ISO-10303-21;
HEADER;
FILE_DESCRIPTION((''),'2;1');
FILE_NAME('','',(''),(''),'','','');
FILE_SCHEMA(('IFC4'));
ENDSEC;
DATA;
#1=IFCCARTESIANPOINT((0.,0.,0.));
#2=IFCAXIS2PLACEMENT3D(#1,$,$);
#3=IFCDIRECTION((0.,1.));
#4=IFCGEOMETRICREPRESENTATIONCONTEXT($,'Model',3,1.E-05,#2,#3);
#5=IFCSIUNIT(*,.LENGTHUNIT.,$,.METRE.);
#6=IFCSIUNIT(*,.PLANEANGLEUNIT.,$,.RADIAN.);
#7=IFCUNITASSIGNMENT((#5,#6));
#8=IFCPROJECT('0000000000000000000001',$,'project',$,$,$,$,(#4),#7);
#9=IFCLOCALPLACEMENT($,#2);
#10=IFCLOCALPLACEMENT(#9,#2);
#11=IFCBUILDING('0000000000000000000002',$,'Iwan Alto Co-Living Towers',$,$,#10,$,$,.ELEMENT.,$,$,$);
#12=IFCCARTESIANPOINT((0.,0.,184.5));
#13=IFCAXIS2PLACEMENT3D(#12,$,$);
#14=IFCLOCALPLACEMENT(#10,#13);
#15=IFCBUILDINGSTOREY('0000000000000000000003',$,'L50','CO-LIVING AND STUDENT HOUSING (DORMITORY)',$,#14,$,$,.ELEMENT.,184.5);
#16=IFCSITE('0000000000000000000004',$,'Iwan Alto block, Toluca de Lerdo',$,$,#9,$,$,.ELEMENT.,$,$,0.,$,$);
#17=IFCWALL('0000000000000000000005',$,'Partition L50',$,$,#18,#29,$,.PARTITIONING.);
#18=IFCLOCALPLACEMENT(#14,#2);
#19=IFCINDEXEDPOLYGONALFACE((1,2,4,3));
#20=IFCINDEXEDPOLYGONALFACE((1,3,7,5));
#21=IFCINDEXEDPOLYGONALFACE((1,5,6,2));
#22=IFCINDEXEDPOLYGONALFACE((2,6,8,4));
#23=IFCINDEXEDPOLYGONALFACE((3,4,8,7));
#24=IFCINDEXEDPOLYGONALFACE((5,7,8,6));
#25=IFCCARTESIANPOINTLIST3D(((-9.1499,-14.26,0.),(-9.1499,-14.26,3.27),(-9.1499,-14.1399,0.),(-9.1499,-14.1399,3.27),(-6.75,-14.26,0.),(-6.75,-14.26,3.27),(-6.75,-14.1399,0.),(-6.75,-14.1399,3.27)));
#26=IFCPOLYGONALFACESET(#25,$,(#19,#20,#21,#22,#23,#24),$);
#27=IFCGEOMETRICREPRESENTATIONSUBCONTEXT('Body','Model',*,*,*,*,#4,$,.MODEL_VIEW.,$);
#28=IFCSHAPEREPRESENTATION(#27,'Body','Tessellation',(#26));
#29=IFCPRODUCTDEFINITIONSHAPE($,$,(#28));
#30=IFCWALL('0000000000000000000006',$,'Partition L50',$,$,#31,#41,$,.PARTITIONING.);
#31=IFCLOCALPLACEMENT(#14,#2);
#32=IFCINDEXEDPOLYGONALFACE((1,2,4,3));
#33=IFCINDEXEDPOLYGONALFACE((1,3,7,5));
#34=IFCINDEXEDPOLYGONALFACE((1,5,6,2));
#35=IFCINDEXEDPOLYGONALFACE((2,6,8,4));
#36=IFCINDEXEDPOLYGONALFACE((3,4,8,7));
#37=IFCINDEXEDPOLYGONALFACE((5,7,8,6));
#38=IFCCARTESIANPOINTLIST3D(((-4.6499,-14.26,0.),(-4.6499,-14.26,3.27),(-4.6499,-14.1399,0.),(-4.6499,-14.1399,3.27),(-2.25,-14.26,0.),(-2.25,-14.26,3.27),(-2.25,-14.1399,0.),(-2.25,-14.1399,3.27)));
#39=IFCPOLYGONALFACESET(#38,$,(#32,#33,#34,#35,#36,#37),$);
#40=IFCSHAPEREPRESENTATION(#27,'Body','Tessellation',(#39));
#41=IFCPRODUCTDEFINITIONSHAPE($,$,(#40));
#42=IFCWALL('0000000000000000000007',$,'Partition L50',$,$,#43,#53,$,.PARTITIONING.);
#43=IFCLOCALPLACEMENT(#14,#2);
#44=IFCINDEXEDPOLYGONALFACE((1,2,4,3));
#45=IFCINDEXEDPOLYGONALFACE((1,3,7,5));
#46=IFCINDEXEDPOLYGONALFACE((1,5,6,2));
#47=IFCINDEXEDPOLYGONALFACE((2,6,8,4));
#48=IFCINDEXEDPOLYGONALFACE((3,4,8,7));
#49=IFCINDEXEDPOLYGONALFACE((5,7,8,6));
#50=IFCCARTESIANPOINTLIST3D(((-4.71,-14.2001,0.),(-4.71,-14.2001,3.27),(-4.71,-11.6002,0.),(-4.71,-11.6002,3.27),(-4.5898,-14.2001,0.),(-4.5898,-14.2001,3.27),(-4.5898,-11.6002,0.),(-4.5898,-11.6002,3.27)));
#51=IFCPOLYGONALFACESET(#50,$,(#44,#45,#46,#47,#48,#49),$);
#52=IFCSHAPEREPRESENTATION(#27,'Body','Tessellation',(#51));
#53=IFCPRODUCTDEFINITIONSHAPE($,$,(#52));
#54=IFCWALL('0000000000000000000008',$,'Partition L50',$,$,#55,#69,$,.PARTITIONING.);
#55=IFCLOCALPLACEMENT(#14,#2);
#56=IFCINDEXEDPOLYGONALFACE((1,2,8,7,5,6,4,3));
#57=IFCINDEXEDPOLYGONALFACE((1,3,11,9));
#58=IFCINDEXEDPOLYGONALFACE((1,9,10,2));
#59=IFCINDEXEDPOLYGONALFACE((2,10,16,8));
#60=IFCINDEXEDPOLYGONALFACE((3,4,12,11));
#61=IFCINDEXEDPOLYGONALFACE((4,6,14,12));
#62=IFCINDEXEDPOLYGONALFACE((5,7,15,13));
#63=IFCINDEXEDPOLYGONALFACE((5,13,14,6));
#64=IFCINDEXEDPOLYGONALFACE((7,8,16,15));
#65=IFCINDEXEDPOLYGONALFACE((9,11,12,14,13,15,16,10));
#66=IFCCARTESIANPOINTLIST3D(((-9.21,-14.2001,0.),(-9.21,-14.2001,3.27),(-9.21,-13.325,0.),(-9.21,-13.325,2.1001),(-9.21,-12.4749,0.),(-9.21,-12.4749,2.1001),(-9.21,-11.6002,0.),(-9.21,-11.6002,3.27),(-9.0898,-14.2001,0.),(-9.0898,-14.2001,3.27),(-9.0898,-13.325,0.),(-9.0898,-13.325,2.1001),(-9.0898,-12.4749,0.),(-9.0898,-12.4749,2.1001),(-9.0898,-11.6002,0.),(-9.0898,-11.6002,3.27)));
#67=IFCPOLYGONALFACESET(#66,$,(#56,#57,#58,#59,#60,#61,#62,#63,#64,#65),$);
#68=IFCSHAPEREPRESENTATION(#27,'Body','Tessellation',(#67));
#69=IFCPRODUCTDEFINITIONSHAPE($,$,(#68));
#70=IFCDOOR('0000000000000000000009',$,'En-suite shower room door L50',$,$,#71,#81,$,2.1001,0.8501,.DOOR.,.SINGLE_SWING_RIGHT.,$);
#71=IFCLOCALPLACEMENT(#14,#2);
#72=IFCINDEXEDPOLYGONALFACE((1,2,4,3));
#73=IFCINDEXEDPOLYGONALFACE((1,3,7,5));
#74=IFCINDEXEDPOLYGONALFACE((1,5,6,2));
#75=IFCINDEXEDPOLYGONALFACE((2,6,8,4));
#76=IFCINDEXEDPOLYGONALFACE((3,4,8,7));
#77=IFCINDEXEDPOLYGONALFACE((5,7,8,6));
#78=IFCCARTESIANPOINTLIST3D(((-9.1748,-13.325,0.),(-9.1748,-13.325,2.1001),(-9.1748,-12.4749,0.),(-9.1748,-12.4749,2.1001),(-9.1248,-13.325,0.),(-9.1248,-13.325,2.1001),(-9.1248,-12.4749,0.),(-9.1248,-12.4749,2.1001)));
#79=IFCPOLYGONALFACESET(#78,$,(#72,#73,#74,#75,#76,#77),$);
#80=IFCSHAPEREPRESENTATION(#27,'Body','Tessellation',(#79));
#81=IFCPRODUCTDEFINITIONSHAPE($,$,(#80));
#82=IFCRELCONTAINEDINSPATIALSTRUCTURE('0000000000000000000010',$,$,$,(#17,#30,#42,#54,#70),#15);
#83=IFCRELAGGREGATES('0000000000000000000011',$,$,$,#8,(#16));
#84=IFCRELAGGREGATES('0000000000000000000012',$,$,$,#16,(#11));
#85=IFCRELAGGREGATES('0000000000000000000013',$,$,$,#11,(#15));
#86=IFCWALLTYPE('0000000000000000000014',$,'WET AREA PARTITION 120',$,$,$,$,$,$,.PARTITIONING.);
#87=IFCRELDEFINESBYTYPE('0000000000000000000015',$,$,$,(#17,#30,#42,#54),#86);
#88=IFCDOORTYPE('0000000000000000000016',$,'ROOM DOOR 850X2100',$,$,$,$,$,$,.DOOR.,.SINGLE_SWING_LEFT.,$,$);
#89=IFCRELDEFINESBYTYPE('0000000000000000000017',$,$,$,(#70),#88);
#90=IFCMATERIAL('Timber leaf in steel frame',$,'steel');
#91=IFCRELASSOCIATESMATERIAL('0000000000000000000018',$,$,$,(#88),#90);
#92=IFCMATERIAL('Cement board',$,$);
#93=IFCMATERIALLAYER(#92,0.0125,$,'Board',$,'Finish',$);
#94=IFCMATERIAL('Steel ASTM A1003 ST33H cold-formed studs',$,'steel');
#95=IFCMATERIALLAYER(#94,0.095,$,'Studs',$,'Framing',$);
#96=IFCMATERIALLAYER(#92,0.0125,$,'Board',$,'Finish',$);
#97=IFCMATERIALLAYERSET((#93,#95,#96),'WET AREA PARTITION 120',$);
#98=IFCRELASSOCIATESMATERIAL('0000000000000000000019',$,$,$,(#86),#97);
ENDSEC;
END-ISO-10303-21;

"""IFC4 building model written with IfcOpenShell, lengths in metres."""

from ifc_helpers import new_model, si_unit, direction, frame, frame_2d, origin, place, context, subcontext, project, spatial, rectangle, extrude, material, layer, layer_set, type_object, element, fill, save


model = new_model("IFC4")

# Units and contexts
model_context = context("Model", 3, precision=1e-05, world=origin(), true_north=direction((0.0, 1.0)))
body_context = subcontext(model_context, "Body", "Model", "MODEL_VIEW")
ifc_project = project(units=[si_unit("LENGTHUNIT", "METRE"), si_unit("PLANEANGLEUNIT", "RADIAN")], contexts=[model_context])

# Site, building, storey
site_placement = place(None, origin())
site = spatial("IfcSite", under=ifc_project, at=site_placement, Name="Iwan Alto block, Toluca de Lerdo", CompositionType="ELEMENT", RefElevation=0.0)
building_placement = place(site_placement, origin())
building = spatial("IfcBuilding", under=site, at=building_placement, Name="Iwan Alto Co-Living Towers", CompositionType="ELEMENT")
storey_placement = place(building_placement, frame((0.0, 0.0, 184.5)))
storey = spatial("IfcBuildingStorey", under=building, at=storey_placement, Name="L50", Description="CO-LIVING AND STUDENT HOUSING (DORMITORY)", CompositionType="ELEMENT", Elevation=184.5)

# Shared definitions
ifc_material_1 = material(Name="Steel ASTM A1003 ST33H cold-formed studs", Category="steel")

# Shared definitions
ifc_material_2 = material(Name="Timber leaf in steel frame", Category="steel")
door_type_1 = type_object("IfcDoorType", Name="ROOM DOOR 850X2100", OperationType="SINGLE_SWING_LEFT", PredefinedType="DOOR", material=ifc_material_2)

# Walls
ifc_material_3 = material(Name="Cement board")
ifc_layer_1 = layer(ifc_material_3, 0.0125, Name="Board", Category="Finish")
ifc_layer_2 = layer(ifc_material_1, 0.095, Name="Studs", Category="Framing")
ifc_layer_3 = layer(ifc_material_3, 0.0125, Name="Board", Category="Finish")
ifc_layer_set_1 = layer_set([ifc_layer_1, ifc_layer_2, ifc_layer_3], Name="WET AREA PARTITION 120")
wall_type_1 = type_object("IfcWallType", Name="WET AREA PARTITION 120", PredefinedType="PARTITIONING", material=ifc_layer_set_1)
for number, where, z_axis, x_axis, name in (
    (1, (-9.1499, -14.2, 0.0), (0.0, 0.0, 1.0), (1.0, 0.0, 0.0), "Partition L50"),
    (2, (-4.6499, -14.2, 0.0), (0.0, 0.0, 1.0), (1.0, 0.0, 0.0), "Partition L50"),
):
    element("IfcWall", number, at=place(storey_placement, frame(where, z_axis=z_axis, x_axis=x_axis)), inside=storey, type_object=wall_type_1, Name=name, PredefinedType="PARTITIONING", context=body_context, shape_type="SweptSolid", body=[
        extrude(rectangle(XDim=2.3999, YDim=0.1201, at=frame_2d((1.2, 0.0))), origin(), (0.0, 0.0, 1.0), 3.27),
    ])
wall_1_placement = place(storey_placement, frame((-4.6499, -14.2, 0.0), z_axis=(0.0, 0.0, 1.0), x_axis=(0.0, 1.0, 0.0)))
element("IfcWall", 3, at=wall_1_placement, inside=storey, type_object=wall_type_1, Name="Partition L50", PredefinedType="PARTITIONING", context=body_context, shape_type="SweptSolid", body=[
    extrude(rectangle(XDim=2.5999, YDim=0.1201, at=frame_2d((1.2998, 0.0))), origin(), (0.0, 0.0, 1.0), 3.27),
])

# Wall, opening, door
wall_2_placement = place(storey_placement, frame((-9.1499, -14.2, 0.0), z_axis=(0.0, 0.0, 1.0), x_axis=(0.0, 1.0, 0.0)))
wall_2 = element("IfcWall", 4, at=wall_2_placement, inside=storey, type_object=wall_type_1, Name="Partition L50", PredefinedType="PARTITIONING", context=body_context, shape_type="SweptSolid", body=[
    extrude(rectangle(XDim=2.5999, YDim=0.1201, at=frame_2d((1.2998, 0.0))), origin(), (0.0, 0.0, 1.0), 3.27),
])
opening_1_placement = place(wall_2_placement, frame((0.875, 0.0, 0.0)))
opening_1 = element("IfcOpeningElement", 5, at=opening_1_placement, cuts=wall_2, PredefinedType="OPENING", context=body_context, shape_type="SweptSolid", body=[
    extrude(rectangle(XDim=0.8501, YDim=2.1001, at=frame_2d((0.425, 1.05))), frame((0.0, 0.0701, 0.0), z_axis=(0.0, -1.0, 0.0), x_axis=(1.0, 0.0, 0.0)), (0.0, 0.0, 1.0), 0.1401),
])
door_1_placement = place(opening_1_placement, origin())
door_1 = element("IfcDoor", 6, at=door_1_placement, inside=storey, type_object=door_type_1, Name="En-suite shower room door L50", OperationType="SINGLE_SWING_RIGHT", OverallHeight=2.1001, OverallWidth=0.8501, PredefinedType="DOOR", context=body_context, shape_type="SweptSolid", body=[
    extrude(rectangle(XDim=0.8501, YDim=2.1001, at=frame_2d((0.425, 1.05))), frame((0.0, 0.0249, 0.0), z_axis=(0.0, -1.0, 0.0), x_axis=(1.0, 0.0, 0.0)), (0.0, 0.0, 1.0), 0.05),
])
fill(opening_1, door_1)

save(model, "model.ifc")
